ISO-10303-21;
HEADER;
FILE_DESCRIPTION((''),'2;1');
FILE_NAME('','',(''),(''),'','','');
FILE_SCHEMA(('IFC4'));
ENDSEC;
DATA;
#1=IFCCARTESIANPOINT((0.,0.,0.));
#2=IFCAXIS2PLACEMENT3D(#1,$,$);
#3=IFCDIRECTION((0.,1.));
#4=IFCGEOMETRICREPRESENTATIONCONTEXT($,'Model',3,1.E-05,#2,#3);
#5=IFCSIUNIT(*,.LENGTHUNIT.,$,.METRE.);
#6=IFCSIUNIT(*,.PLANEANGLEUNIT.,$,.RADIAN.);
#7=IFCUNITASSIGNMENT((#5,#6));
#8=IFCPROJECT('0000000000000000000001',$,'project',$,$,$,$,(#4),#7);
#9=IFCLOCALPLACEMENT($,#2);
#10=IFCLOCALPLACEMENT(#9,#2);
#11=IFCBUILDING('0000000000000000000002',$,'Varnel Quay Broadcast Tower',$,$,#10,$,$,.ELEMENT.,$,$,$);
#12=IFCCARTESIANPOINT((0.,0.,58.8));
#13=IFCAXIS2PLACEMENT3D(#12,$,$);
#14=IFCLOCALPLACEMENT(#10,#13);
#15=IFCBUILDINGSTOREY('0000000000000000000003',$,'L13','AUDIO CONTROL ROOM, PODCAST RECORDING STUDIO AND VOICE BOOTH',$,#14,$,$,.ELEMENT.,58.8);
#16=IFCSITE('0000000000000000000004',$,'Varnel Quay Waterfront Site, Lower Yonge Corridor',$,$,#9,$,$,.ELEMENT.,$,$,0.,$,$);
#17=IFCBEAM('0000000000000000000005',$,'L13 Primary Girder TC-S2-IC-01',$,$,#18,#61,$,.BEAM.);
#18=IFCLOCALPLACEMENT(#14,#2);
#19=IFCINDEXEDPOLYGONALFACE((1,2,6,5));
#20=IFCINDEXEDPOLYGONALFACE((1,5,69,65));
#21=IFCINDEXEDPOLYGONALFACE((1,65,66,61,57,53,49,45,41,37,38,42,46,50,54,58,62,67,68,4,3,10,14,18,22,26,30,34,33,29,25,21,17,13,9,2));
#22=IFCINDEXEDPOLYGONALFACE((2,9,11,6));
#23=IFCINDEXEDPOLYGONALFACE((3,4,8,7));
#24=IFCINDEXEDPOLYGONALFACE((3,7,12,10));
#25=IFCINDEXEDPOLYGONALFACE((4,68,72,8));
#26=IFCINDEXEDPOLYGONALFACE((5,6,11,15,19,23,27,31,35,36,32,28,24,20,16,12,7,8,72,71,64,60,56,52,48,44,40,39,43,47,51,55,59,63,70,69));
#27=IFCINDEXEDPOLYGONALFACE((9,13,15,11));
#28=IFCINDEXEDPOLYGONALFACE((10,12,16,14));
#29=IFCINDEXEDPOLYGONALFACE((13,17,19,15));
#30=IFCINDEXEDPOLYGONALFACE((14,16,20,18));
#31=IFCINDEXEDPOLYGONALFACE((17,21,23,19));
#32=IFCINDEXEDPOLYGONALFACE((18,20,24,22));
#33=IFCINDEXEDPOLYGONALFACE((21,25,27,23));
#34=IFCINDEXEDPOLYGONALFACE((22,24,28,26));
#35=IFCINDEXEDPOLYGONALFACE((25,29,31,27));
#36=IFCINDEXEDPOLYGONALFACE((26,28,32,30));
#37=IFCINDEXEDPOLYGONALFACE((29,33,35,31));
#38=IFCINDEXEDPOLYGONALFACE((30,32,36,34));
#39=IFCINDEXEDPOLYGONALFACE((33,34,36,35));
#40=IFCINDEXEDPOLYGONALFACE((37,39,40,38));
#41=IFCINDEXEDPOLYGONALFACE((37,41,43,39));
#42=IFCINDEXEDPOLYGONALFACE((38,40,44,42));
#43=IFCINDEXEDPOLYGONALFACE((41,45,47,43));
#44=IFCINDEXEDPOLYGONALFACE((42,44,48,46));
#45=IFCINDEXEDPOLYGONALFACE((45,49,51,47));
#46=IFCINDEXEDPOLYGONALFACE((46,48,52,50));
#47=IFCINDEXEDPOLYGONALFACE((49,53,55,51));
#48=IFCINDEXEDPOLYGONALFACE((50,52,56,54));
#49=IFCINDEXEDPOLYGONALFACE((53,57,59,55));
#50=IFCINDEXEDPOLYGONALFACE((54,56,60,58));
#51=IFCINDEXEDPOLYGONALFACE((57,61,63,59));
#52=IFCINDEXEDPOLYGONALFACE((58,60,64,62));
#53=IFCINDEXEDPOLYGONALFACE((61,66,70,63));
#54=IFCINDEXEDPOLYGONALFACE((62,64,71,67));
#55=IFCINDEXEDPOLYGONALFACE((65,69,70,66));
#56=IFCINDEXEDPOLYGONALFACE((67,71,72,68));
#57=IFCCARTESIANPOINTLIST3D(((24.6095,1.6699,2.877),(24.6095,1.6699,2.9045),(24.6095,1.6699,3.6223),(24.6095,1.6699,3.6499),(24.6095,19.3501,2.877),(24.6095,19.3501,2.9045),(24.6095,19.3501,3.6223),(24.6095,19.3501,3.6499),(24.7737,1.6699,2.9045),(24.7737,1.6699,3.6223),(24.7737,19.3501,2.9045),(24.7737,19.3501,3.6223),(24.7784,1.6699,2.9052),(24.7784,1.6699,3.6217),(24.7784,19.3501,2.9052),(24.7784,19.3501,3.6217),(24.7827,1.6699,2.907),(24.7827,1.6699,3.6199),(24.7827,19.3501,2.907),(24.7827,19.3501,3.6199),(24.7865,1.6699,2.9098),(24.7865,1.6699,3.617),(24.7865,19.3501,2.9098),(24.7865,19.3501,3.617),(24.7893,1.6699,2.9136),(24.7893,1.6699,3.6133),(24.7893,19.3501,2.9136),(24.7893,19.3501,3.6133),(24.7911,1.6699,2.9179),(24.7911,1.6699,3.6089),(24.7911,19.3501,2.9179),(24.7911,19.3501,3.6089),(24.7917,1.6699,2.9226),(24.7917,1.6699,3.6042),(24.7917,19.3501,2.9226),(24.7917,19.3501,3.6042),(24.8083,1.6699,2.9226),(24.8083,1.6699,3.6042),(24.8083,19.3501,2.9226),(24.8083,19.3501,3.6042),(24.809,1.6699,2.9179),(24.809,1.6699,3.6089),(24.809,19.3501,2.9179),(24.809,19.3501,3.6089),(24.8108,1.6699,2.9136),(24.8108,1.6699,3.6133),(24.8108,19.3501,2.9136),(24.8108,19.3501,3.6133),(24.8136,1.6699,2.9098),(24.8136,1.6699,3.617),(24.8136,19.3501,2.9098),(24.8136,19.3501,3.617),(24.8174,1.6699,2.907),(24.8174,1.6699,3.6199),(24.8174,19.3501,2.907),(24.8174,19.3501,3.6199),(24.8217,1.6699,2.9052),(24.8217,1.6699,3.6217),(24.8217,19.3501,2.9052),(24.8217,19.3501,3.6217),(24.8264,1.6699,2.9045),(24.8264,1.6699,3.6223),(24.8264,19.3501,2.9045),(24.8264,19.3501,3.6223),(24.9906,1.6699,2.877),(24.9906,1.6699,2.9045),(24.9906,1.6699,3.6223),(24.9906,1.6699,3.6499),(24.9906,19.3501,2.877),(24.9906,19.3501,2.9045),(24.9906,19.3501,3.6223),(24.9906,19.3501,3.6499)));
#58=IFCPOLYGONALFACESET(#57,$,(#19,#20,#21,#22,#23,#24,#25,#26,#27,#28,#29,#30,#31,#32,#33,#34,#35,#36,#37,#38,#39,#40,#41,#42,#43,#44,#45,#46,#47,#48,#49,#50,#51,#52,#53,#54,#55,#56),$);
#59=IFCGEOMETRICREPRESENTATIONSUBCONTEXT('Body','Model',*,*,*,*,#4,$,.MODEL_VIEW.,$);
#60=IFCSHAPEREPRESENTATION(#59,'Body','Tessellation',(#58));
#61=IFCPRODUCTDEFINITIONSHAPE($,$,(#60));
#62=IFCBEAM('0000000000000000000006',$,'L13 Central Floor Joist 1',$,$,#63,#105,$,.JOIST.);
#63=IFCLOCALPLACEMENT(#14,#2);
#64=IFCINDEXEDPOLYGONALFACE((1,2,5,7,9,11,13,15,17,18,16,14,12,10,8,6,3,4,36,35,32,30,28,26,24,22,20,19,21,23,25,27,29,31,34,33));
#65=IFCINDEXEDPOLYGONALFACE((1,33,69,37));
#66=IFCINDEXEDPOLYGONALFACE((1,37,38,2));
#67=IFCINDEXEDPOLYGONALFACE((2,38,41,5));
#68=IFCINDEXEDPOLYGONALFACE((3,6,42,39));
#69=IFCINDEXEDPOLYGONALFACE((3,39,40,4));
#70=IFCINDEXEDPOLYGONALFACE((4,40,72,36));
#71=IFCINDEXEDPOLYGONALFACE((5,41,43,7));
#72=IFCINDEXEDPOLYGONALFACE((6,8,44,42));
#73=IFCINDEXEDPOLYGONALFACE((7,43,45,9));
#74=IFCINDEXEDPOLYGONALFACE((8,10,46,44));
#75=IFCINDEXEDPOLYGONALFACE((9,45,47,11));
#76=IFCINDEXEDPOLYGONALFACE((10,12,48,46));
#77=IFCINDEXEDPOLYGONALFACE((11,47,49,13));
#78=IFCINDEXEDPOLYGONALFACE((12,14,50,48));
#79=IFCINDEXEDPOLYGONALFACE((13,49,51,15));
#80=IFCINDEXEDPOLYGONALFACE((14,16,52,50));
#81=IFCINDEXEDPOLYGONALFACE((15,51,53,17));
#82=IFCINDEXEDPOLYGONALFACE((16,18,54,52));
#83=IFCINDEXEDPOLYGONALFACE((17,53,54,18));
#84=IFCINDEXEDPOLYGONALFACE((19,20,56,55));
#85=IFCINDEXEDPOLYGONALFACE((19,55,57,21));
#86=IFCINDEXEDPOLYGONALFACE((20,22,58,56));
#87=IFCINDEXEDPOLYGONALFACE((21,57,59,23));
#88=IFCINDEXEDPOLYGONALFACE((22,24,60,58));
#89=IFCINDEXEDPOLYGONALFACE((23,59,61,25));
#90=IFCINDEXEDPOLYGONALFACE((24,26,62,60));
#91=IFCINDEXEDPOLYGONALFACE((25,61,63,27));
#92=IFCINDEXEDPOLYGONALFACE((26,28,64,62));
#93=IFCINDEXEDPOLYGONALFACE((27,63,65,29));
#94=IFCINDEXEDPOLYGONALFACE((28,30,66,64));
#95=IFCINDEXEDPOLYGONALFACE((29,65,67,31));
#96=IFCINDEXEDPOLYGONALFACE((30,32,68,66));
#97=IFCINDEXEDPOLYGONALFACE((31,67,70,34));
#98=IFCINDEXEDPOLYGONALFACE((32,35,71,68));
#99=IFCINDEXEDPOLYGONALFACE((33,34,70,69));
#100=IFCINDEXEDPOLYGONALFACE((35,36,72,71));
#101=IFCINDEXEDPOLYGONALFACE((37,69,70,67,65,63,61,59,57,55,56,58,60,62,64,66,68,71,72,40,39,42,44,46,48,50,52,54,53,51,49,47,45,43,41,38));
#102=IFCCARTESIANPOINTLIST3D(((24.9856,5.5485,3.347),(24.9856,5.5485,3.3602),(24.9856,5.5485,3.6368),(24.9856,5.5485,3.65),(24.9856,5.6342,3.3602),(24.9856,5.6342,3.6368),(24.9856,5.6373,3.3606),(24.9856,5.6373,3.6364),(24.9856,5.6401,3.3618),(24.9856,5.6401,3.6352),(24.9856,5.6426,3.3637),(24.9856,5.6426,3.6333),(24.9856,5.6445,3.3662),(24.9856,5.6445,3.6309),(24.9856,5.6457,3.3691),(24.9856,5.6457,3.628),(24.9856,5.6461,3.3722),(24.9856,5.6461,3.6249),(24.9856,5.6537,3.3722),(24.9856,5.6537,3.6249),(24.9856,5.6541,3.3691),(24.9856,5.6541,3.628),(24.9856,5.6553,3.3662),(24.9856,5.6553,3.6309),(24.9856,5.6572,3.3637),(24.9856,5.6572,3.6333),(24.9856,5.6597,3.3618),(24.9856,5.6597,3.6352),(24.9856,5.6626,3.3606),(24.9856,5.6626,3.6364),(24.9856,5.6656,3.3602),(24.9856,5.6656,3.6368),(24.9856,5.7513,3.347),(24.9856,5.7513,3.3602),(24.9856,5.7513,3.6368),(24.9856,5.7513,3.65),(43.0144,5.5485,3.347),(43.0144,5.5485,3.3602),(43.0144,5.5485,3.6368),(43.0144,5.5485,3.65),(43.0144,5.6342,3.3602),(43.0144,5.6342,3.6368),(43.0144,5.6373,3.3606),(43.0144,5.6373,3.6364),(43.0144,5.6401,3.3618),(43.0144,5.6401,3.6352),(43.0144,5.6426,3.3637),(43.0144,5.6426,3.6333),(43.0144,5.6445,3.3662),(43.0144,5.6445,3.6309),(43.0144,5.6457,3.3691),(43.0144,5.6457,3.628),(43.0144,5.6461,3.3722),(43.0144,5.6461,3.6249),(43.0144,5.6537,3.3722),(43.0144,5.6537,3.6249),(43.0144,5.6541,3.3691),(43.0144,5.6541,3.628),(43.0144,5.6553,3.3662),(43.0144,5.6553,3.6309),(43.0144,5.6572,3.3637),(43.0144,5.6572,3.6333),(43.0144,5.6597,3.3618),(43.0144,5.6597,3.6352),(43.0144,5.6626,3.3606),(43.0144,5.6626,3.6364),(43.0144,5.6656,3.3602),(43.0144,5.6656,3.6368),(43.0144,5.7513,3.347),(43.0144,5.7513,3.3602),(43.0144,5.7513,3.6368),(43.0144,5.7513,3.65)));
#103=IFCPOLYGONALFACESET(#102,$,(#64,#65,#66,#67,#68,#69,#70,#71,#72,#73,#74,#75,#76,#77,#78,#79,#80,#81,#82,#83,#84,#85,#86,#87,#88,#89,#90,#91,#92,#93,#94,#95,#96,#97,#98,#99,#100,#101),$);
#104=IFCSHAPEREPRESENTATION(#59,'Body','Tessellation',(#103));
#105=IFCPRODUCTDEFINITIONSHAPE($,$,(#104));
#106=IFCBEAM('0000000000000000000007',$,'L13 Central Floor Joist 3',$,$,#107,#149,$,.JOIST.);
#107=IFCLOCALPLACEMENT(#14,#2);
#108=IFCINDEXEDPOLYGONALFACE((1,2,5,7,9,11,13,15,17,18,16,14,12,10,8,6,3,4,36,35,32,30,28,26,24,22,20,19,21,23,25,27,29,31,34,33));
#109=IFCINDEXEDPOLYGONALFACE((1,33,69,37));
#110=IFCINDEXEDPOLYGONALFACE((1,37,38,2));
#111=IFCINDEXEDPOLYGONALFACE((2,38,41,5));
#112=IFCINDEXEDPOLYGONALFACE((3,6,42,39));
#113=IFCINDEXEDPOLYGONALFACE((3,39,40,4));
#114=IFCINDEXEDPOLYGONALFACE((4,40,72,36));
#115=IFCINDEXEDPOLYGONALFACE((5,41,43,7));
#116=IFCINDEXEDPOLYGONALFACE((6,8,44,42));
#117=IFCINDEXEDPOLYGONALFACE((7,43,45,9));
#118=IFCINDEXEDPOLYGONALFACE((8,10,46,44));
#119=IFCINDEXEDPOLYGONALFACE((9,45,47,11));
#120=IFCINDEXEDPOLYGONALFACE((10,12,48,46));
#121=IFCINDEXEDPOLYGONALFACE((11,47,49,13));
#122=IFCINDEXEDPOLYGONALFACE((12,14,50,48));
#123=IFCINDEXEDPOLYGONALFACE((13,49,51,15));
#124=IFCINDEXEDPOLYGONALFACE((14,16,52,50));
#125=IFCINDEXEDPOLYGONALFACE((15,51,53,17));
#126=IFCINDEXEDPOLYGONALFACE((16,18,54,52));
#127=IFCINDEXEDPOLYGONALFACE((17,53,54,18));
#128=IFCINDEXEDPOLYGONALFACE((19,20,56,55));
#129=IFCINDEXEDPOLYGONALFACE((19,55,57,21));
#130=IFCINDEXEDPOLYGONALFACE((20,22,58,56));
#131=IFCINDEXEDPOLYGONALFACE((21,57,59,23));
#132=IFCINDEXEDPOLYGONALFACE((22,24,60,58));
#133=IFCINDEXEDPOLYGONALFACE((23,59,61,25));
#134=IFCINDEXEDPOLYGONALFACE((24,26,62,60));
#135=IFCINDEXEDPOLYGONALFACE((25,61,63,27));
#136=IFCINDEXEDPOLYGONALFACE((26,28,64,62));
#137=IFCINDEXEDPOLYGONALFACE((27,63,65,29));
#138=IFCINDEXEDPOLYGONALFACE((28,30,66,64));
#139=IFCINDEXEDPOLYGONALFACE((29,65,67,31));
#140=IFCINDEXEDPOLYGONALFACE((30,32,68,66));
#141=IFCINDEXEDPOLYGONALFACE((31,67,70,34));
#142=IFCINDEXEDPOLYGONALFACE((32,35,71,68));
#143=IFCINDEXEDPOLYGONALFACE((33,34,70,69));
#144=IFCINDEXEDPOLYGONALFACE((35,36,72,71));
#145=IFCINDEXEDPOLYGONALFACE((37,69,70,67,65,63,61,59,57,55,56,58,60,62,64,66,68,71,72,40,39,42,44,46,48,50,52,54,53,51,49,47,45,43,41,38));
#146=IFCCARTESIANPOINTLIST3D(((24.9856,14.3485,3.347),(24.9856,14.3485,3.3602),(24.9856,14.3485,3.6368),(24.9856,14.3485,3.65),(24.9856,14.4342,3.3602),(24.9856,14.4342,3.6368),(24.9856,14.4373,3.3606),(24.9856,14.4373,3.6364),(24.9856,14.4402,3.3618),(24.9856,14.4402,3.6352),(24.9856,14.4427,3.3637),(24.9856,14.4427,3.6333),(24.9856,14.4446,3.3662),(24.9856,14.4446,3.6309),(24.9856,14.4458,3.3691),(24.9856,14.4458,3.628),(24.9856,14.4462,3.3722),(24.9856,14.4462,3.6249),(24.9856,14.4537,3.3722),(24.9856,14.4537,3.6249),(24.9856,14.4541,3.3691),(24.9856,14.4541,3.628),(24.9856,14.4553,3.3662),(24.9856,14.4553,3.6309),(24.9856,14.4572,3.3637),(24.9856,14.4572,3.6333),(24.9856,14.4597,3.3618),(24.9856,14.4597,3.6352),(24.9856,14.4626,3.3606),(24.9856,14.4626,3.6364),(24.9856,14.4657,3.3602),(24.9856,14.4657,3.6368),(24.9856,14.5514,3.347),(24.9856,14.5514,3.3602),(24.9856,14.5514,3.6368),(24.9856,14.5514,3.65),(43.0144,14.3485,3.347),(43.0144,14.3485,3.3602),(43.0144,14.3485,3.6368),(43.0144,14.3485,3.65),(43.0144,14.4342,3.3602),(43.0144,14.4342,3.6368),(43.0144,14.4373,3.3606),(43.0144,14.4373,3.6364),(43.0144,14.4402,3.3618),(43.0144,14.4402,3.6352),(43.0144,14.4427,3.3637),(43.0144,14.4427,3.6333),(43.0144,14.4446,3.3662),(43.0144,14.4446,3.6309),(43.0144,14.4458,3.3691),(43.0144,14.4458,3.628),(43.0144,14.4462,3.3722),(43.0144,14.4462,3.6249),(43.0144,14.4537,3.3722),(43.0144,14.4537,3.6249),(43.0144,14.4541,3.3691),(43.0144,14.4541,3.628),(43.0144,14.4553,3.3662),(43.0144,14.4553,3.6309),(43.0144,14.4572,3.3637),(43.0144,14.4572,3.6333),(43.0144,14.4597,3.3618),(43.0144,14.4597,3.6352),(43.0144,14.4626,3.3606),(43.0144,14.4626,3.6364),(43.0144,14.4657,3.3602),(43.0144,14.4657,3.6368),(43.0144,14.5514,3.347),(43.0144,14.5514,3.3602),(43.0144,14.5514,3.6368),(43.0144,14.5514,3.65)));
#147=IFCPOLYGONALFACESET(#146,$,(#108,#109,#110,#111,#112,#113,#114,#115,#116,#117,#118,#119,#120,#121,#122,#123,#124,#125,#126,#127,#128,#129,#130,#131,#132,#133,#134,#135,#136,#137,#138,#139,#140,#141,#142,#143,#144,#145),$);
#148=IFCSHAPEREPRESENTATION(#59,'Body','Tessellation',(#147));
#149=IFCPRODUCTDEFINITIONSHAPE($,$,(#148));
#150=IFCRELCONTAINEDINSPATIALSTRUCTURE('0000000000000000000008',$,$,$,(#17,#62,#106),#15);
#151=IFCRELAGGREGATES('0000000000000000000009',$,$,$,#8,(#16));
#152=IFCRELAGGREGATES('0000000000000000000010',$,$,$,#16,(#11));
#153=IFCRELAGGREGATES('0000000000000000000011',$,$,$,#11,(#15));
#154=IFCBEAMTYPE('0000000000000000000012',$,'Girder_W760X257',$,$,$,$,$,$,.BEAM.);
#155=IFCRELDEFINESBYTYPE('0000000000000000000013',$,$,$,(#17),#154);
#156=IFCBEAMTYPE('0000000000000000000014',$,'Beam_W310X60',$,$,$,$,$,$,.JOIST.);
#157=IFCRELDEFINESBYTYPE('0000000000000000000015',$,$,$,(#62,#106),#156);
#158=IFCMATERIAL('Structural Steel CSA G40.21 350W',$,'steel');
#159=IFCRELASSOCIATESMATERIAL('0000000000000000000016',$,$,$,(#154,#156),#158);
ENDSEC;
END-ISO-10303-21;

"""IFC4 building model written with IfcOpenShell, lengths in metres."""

from ifc_helpers import new_model, si_unit, direction, frame, origin, origin_2d, place, context, subcontext, project, spatial, i_section, extrude, source, transform, mapped, material, material_profile, profile_set, type_object, type_shapes, element, save


model = new_model("IFC4")

# Units and contexts
model_context = context("Model", 3, precision=1e-05, world=origin(), true_north=direction((0.0, 1.0)))
body_context = subcontext(model_context, "Body", "Model", "MODEL_VIEW")
ifc_project = project(units=[si_unit("LENGTHUNIT", "METRE"), si_unit("PLANEANGLEUNIT", "RADIAN")], contexts=[model_context])

# Site, building, storey
site_placement = place(None, origin())
site = spatial("IfcSite", under=ifc_project, at=site_placement, Name="Varnel Quay Waterfront Site, Lower Yonge Corridor", CompositionType="ELEMENT", RefElevation=0.0)
building_placement = place(site_placement, origin())
building = spatial("IfcBuilding", under=site, at=building_placement, Name="Varnel Quay Broadcast Tower", CompositionType="ELEMENT")
storey_placement = place(building_placement, frame((0.0, 0.0, 58.8)))
storey = spatial("IfcBuildingStorey", under=building, at=storey_placement, Name="L13", Description="AUDIO CONTROL ROOM, PODCAST RECORDING STUDIO AND VOICE BOOTH", CompositionType="ELEMENT", Elevation=58.8)

# Shared definitions
ifc_material_1 = material(Name="Structural Steel CSA G40.21 350W", Category="steel")

# Beams
ifc_material_profile_1 = material_profile(ifc_material_1, i_section(OverallWidth=0.3811, OverallDepth=0.7729, WebThickness=0.0166, FlangeThickness=0.0276, FilletRadius=0.0181, at=origin_2d()), Name="W760X257")
ifc_profile_set_1 = profile_set([ifc_material_profile_1], Name="Structural Steel CSA G40.21 350W")
beam_type_1 = type_object("IfcBeamType", Name="Girder_W760X257", PredefinedType="BEAM", material=ifc_profile_set_1)
shared_shape_1 = source(origin(), body_context, "Body", "SweptSolid", [
    extrude(i_section(OverallWidth=0.3811, OverallDepth=0.7729, WebThickness=0.0166, FlangeThickness=0.0276, FilletRadius=0.0181, at=origin_2d()), origin(), (0.0, 0.0, 1.0), 17.6802),
])
type_shapes(beam_type_1, [shared_shape_1])
beam_1_placement = place(storey_placement, frame((24.8, 1.6699, 3.2634), z_axis=(0.0, 1.0, 0.0), x_axis=(-1.0, 0.0, 0.0)))
element("IfcBeam", 1, at=beam_1_placement, inside=storey, type_object=beam_type_1, Name="L13 Primary Girder TC-S2-IC-01", PredefinedType="BEAM", context=body_context, shape_type="MappedRepresentation", body=[
    mapped(shared_shape_1, transform((0.0, 0.0, 0.0), x_axis=(1.0, 0.0, 0.0), y_axis=(0.0, 1.0, 0.0), z_axis=(0.0, 0.0, 1.0), scale=1.0)),
])
ifc_material_profile_2 = material_profile(ifc_material_1, i_section(OverallWidth=0.2029, OverallDepth=0.303, WebThickness=0.0076, FlangeThickness=0.0132, FilletRadius=0.012, at=origin_2d()), Name="W310X60")
ifc_profile_set_2 = profile_set([ifc_material_profile_2], Name="Structural Steel CSA G40.21 350W")
beam_type_2 = type_object("IfcBeamType", Name="Beam_W310X60", PredefinedType="JOIST", material=ifc_profile_set_2)
shared_shape_2 = source(origin(), body_context, "Body", "SweptSolid", [
    extrude(i_section(OverallWidth=0.2029, OverallDepth=0.303, WebThickness=0.0076, FlangeThickness=0.0132, FilletRadius=0.012, at=origin_2d()), origin(), (0.0, 0.0, 1.0), 18.0288),
])
type_shapes(beam_type_2, [shared_shape_2])
for number, where, z_axis, x_axis, name in (
    (2, (24.9856, 5.6499, 3.4985), (1.0, 0.0, 0.0), (0.0, 1.0, 0.0), "L13 Central Floor Joist 1"),
    (3, (24.9856, 14.45, 3.4985), (1.0, 0.0, 0.0), (0.0, 1.0, 0.0), "L13 Central Floor Joist 3"),
):
    element("IfcBeam", number, at=place(storey_placement, frame(where, z_axis=z_axis, x_axis=x_axis)), inside=storey, type_object=beam_type_2, Name=name, PredefinedType="JOIST", context=body_context, shape_type="MappedRepresentation", body=[
        mapped(shared_shape_2, transform((0.0, 0.0, 0.0), x_axis=(1.0, 0.0, 0.0), y_axis=(0.0, 1.0, 0.0), z_axis=(0.0, 0.0, 1.0), scale=1.0)),
    ])

save(model, "model.ifc")
